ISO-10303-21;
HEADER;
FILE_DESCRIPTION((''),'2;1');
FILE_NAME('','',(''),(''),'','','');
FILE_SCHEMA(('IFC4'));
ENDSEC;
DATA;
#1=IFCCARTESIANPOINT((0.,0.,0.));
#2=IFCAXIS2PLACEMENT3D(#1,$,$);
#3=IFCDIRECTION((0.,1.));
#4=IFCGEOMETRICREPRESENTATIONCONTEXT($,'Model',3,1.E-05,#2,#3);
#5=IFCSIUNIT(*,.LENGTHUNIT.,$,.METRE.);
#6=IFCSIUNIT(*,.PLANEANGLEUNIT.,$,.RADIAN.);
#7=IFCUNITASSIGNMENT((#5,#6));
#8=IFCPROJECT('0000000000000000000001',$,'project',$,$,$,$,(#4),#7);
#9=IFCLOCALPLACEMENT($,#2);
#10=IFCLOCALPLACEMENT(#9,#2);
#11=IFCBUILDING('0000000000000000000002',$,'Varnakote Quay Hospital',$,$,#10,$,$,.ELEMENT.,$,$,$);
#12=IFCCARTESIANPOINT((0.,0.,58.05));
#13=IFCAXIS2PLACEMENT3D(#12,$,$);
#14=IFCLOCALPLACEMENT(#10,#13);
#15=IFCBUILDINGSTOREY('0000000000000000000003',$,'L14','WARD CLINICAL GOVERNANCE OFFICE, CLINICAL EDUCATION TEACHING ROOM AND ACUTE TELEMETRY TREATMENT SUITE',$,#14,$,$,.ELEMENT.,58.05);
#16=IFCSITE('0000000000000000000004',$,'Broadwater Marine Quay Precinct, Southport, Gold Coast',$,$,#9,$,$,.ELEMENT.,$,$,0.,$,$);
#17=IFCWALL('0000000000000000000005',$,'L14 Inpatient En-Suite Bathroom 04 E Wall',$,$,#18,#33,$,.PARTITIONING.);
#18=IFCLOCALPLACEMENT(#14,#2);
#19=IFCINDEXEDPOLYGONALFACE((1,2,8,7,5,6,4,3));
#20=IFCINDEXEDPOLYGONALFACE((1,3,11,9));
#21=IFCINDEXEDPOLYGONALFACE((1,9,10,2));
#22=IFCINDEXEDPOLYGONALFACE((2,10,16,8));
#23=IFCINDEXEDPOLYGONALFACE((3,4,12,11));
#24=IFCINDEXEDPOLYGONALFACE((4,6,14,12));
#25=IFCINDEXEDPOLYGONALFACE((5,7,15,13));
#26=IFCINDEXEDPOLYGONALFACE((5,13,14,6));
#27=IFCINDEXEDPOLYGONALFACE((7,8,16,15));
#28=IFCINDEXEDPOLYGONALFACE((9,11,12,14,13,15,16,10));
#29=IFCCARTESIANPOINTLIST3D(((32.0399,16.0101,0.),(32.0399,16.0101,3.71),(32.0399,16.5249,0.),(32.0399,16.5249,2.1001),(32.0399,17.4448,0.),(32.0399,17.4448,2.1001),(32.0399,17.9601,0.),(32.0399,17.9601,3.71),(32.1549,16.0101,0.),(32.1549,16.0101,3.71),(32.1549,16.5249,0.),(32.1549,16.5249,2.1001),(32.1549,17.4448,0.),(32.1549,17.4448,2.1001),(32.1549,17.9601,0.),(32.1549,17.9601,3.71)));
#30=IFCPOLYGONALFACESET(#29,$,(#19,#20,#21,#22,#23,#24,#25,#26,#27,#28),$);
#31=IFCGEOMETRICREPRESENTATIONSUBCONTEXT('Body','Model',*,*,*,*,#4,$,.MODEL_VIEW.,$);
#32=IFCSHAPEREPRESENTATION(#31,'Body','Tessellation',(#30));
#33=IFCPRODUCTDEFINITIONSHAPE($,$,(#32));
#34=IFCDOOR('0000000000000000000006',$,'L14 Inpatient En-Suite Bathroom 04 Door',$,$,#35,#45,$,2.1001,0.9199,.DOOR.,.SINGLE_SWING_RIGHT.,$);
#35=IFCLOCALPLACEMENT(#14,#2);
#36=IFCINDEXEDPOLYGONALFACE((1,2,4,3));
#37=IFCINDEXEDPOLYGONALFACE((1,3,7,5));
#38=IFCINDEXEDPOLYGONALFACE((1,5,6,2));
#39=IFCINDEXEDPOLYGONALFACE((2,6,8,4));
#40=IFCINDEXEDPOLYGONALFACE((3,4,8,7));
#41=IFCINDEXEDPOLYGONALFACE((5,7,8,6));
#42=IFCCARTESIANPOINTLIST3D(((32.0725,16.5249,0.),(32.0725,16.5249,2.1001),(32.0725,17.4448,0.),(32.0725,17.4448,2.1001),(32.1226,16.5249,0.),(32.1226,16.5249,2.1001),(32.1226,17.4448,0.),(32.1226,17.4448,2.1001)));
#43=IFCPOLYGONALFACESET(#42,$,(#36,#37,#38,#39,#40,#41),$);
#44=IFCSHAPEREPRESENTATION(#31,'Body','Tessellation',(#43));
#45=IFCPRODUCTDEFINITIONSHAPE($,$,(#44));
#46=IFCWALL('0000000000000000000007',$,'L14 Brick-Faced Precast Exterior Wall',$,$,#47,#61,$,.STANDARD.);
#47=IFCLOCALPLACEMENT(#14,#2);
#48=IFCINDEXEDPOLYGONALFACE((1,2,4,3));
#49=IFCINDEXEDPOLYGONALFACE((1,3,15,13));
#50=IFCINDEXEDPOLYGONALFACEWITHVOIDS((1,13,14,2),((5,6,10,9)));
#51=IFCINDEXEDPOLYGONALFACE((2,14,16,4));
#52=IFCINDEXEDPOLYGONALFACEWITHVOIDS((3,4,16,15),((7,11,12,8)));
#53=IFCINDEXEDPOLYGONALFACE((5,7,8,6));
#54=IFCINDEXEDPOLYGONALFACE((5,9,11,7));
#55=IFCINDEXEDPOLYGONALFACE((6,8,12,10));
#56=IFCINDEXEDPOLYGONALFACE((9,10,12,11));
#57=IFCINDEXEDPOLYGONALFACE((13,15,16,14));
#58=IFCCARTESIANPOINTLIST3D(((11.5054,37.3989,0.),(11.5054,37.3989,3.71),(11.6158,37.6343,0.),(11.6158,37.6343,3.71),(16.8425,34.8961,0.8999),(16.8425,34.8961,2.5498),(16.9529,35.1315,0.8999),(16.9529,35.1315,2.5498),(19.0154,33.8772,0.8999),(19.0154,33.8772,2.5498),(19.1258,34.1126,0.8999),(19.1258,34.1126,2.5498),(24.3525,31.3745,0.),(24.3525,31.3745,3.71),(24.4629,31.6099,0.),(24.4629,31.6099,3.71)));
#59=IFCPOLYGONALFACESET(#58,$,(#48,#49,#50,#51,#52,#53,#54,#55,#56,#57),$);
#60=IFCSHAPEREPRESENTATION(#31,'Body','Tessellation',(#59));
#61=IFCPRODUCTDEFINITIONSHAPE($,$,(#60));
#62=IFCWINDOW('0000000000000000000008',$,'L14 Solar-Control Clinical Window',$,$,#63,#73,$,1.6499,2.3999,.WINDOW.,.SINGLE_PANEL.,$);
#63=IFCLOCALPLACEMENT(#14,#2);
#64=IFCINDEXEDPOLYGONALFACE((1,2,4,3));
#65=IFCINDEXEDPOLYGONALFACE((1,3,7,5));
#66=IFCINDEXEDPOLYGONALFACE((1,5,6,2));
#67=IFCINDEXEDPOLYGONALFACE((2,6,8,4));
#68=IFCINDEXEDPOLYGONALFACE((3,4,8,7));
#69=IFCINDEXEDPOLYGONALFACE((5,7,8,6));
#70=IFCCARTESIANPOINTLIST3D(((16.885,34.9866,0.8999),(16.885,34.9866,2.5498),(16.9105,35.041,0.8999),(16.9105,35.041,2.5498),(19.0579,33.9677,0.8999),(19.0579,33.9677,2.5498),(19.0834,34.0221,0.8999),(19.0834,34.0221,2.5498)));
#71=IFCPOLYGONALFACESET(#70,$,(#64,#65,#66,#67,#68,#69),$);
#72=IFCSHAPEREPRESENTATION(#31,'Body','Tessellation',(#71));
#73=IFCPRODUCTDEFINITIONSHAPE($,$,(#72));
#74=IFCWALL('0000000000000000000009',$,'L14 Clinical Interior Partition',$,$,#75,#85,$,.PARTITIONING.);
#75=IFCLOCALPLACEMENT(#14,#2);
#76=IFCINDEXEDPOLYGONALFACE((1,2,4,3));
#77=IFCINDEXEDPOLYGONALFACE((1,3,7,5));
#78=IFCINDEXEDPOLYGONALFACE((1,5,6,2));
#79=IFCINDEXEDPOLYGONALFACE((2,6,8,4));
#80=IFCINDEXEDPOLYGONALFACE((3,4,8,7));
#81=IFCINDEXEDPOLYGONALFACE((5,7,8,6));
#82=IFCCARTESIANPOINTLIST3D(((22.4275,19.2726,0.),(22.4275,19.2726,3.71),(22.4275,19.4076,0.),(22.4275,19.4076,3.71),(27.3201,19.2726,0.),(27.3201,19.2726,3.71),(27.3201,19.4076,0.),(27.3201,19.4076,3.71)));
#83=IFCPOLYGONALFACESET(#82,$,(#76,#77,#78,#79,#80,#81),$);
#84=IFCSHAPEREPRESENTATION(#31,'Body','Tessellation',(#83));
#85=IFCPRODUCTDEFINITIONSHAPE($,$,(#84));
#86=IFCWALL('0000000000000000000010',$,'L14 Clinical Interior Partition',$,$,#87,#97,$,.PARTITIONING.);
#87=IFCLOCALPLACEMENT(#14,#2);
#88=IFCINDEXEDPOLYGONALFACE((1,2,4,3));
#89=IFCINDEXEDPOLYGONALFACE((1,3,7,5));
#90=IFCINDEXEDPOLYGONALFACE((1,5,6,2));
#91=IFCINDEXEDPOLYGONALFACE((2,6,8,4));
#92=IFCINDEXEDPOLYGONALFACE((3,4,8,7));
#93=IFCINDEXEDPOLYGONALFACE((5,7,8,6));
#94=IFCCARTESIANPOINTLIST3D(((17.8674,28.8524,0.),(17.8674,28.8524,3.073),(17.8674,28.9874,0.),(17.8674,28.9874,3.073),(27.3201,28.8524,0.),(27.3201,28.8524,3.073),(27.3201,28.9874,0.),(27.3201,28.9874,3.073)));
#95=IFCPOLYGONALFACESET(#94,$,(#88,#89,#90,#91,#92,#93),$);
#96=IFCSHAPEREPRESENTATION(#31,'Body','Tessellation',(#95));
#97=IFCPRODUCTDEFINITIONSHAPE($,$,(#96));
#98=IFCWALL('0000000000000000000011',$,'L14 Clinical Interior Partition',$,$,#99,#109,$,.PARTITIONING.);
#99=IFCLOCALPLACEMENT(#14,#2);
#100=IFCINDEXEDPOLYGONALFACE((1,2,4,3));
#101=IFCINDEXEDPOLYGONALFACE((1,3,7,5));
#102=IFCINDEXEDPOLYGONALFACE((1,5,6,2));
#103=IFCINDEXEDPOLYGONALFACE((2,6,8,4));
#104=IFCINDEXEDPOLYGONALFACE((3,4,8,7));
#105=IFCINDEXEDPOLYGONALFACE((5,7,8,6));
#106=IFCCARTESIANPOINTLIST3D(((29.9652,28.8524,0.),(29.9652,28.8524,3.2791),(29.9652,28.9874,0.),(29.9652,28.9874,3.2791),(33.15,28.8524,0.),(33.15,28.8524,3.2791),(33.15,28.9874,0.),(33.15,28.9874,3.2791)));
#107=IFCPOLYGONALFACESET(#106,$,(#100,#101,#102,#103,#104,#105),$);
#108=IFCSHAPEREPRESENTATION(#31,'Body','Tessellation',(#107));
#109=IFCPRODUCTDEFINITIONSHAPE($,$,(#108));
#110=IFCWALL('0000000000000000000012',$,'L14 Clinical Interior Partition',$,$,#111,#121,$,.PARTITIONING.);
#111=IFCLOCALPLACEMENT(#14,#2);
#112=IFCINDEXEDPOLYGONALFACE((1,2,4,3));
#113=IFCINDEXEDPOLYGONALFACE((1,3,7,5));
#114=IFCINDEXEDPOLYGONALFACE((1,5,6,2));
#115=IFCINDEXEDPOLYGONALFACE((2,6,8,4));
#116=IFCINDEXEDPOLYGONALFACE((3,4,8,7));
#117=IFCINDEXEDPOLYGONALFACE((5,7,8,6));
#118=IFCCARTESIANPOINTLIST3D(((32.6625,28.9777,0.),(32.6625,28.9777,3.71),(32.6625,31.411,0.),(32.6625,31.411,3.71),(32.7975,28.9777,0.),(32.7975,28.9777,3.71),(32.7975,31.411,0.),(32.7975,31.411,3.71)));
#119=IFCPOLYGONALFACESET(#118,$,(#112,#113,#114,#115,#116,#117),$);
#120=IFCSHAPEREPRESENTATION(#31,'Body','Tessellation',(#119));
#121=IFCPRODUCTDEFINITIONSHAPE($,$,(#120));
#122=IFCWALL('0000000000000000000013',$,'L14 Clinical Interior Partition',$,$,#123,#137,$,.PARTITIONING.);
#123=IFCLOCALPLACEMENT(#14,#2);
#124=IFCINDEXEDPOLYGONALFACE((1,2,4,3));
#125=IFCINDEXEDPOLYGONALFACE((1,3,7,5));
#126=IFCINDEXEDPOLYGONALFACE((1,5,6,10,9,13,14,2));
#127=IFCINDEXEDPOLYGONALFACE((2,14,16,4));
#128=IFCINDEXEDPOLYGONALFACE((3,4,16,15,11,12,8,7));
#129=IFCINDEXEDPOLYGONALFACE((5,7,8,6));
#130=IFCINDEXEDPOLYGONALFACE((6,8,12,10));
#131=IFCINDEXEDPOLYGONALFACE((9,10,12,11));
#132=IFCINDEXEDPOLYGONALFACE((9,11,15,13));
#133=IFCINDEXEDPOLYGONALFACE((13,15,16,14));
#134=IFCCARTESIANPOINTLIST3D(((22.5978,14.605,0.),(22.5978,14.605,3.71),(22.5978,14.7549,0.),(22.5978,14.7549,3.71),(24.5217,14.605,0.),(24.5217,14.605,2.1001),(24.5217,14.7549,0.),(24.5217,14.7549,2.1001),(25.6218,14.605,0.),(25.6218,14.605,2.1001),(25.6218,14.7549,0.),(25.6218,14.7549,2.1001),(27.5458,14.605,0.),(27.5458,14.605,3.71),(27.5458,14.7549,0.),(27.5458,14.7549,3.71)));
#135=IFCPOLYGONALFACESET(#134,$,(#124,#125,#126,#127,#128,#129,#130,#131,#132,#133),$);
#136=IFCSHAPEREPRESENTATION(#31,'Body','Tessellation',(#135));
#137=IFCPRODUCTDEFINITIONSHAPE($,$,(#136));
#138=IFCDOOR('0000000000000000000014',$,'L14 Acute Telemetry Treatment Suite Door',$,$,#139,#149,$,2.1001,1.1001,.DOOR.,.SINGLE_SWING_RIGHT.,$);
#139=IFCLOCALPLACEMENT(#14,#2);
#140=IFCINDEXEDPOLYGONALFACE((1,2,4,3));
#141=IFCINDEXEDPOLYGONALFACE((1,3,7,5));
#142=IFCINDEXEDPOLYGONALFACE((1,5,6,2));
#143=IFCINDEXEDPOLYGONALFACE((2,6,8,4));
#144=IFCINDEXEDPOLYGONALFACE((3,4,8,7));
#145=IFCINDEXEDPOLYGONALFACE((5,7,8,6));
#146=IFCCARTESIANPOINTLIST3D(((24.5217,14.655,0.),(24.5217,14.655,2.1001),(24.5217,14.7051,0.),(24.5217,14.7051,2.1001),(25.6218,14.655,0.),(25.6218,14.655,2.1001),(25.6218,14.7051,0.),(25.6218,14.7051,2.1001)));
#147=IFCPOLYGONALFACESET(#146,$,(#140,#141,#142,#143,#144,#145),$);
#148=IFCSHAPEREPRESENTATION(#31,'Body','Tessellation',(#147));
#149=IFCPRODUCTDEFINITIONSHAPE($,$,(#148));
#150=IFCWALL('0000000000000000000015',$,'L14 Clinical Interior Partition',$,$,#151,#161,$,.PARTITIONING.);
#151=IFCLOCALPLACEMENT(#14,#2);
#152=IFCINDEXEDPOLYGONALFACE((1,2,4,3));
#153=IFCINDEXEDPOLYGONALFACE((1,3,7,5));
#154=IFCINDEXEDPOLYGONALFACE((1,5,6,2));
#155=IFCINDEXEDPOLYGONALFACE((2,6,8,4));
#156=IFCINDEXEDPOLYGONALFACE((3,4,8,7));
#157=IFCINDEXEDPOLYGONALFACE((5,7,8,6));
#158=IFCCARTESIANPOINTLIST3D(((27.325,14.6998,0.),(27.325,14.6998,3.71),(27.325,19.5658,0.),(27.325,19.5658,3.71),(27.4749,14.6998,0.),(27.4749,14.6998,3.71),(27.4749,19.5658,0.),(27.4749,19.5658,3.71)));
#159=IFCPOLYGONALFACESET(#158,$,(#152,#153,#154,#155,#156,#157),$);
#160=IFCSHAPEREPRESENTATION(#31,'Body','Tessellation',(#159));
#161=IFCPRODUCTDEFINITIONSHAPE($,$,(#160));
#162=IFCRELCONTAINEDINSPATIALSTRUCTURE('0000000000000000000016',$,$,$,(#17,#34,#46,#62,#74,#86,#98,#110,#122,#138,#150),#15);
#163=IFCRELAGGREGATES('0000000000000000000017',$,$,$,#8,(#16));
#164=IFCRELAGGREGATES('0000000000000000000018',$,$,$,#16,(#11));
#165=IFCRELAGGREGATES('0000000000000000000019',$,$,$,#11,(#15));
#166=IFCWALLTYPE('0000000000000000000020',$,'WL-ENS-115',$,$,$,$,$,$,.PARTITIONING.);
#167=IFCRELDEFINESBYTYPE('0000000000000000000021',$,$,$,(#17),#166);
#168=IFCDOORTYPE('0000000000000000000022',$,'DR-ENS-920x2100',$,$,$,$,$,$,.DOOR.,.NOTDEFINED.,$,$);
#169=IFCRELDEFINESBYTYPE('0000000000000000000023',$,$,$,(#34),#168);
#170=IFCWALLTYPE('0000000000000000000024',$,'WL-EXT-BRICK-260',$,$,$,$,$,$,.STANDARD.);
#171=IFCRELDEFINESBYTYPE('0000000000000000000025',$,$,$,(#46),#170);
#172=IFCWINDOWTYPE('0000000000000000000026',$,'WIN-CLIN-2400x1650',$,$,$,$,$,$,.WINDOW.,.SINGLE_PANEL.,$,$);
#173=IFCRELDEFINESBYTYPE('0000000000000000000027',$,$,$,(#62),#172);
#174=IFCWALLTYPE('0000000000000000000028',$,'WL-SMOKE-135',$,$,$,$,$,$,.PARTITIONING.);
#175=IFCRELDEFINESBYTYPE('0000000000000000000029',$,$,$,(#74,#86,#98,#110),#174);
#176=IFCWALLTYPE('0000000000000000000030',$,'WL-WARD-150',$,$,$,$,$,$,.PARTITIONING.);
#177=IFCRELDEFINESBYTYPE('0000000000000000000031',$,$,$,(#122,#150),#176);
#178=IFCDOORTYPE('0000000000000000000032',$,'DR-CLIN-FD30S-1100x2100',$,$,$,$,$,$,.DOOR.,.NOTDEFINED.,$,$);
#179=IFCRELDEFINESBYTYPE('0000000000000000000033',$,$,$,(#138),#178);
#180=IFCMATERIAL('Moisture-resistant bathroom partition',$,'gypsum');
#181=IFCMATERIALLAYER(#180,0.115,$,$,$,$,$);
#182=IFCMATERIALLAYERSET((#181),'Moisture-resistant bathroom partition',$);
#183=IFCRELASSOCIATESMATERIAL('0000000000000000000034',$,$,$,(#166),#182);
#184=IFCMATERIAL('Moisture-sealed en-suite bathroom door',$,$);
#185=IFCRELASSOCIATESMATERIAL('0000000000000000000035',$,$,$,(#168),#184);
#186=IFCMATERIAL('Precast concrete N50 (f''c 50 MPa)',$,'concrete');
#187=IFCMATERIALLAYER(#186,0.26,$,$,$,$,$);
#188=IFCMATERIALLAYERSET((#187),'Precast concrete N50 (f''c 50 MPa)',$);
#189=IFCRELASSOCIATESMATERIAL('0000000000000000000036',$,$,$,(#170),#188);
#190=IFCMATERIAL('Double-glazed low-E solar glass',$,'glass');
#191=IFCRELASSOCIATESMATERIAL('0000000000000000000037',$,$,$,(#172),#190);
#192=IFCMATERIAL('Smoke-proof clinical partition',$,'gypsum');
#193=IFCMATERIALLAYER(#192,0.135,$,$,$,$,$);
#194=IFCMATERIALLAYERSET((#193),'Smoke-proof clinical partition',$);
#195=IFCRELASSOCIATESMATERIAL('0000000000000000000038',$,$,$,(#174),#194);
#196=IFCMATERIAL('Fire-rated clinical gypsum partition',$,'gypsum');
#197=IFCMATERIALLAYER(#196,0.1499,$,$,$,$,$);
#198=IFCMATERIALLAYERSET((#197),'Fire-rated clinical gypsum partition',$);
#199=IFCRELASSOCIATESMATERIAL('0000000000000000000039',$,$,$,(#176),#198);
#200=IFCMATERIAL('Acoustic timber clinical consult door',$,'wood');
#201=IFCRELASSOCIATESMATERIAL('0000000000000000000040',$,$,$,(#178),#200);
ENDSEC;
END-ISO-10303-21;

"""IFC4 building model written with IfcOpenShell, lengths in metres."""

from ifc_helpers import new_model, si_unit, direction, frame, frame_2d, origin, place, context, subcontext, project, spatial, rectangle, extrude, material, layer, layer_set, type_object, element, fill, save


model = new_model("IFC4")

# Units and contexts
model_context = context("Model", 3, precision=1e-05, world=origin(), true_north=direction((0.0, 1.0)))
body_context = subcontext(model_context, "Body", "Model", "MODEL_VIEW")
ifc_project = project(units=[si_unit("LENGTHUNIT", "METRE"), si_unit("PLANEANGLEUNIT", "RADIAN")], contexts=[model_context])

# Site, building, storey
site_placement = place(None, origin())
site = spatial("IfcSite", under=ifc_project, at=site_placement, Name="Broadwater Marine Quay Precinct, Southport, Gold Coast", CompositionType="ELEMENT", RefElevation=0.0)
building_placement = place(site_placement, origin())
building = spatial("IfcBuilding", under=site, at=building_placement, Name="Varnakote Quay Hospital", CompositionType="ELEMENT")
storey_placement = place(building_placement, frame((0.0, 0.0, 58.05)))
storey = spatial("IfcBuildingStorey", under=building, at=storey_placement, Name="L14", Description="WARD CLINICAL GOVERNANCE OFFICE, CLINICAL EDUCATION TEACHING ROOM AND ACUTE TELEMETRY TREATMENT SUITE", CompositionType="ELEMENT", Elevation=58.05)

# Shared definitions
ifc_material_1 = material(Name="Moisture-resistant bathroom partition", Category="gypsum")
ifc_layer_1 = layer(ifc_material_1, 0.115)
ifc_layer_set_1 = layer_set([ifc_layer_1], Name="Moisture-resistant bathroom partition")
wall_type_1 = type_object("IfcWallType", Name="WL-ENS-115", PredefinedType="PARTITIONING", material=ifc_layer_set_1)

# Wall, opening, door
wall_1_placement = place(storey_placement, frame((32.0974, 16.01, 0.0), z_axis=(0.0, 0.0, 1.0), x_axis=(0.0, 1.0, 0.0)))
wall_1 = element("IfcWall", 1, at=wall_1_placement, inside=storey, type_object=wall_type_1, Name="L14 Inpatient En-Suite Bathroom 04 E Wall", PredefinedType="PARTITIONING", context=body_context, shape_type="SweptSolid", body=[
    extrude(rectangle(XDim=1.95, YDim=0.115, at=frame_2d((0.9751, 0.0))), origin(), (0.0, 0.0, 1.0), 3.71),
])
opening_1_placement = place(wall_1_placement, frame((0.5149, 0.0, 0.0)))
opening_1 = element("IfcOpeningElement", 2, at=opening_1_placement, cuts=wall_1, PredefinedType="OPENING", context=body_context, shape_type="SweptSolid", body=[
    extrude(rectangle(XDim=0.9199, YDim=2.1001, at=frame_2d((0.46, 1.05))), frame((0.0, 0.0674, 0.0), z_axis=(0.0, -1.0, 0.0), x_axis=(1.0, 0.0, 0.0)), (0.0, 0.0, 1.0), 0.135),
])
ifc_material_2 = material(Name="Moisture-sealed en-suite bathroom door")
door_type_1 = type_object("IfcDoorType", Name="DR-ENS-920x2100", OperationType="NOTDEFINED", PredefinedType="DOOR", material=ifc_material_2)
door_1_placement = place(opening_1_placement, origin())
door_1 = element("IfcDoor", 3, at=door_1_placement, inside=storey, type_object=door_type_1, Name="L14 Inpatient En-Suite Bathroom 04 Door", OperationType="SINGLE_SWING_RIGHT", OverallHeight=2.1001, OverallWidth=0.9199, PredefinedType="DOOR", context=body_context, shape_type="SweptSolid", body=[
    extrude(rectangle(XDim=0.9199, YDim=2.1001, at=frame_2d((0.46, 1.05))), frame((0.0, 0.0249, 0.0), z_axis=(0.0, -1.0, 0.0), x_axis=(1.0, 0.0, 0.0)), (0.0, 0.0, 1.0), 0.05),
])
fill(opening_1, door_1)

# Wall, opening, window
ifc_material_3 = material(Name="Precast concrete N50 (f'c 50 MPa)", Category="concrete")
ifc_layer_2 = layer(ifc_material_3, 0.26)
ifc_layer_set_2 = layer_set([ifc_layer_2], Name="Precast concrete N50 (f'c 50 MPa)")
wall_type_2 = type_object("IfcWallType", Name="WL-EXT-BRICK-260", PredefinedType="STANDARD", material=ifc_layer_set_2)
wall_2_placement = place(storey_placement, frame((24.4077, 31.4922, 0.0), z_axis=(0.0, 0.0, 1.0), x_axis=(-0.905397, 0.424567, 0.0)))
wall_2 = element("IfcWall", 4, at=wall_2_placement, inside=storey, type_object=wall_type_2, Name="L14 Brick-Faced Precast Exterior Wall", PredefinedType="STANDARD", context=body_context, shape_type="SweptSolid", body=[
    extrude(rectangle(XDim=14.1895, YDim=0.26, at=frame_2d((7.0947, 0.0))), origin(), (0.0, 0.0, 1.0), 3.71),
])
opening_2_placement = place(wall_2_placement, frame((5.8948, 0.0, 0.8999)))
opening_2 = element("IfcOpeningElement", 5, at=opening_2_placement, cuts=wall_2, PredefinedType="OPENING", context=body_context, shape_type="SweptSolid", body=[
    extrude(rectangle(XDim=2.3999, YDim=1.6499, at=frame_2d((1.2, 0.825))), frame((0.0, 0.1399, 0.0), z_axis=(0.0, -1.0, 0.0), x_axis=(1.0, 0.0, 0.0)), (0.0, 0.0, 1.0), 0.28),
])
ifc_material_4 = material(Name="Double-glazed low-E solar glass", Category="glass")
window_type = type_object("IfcWindowType", Name="WIN-CLIN-2400x1650", PartitioningType="SINGLE_PANEL", PredefinedType="WINDOW", material=ifc_material_4)
window_placement = place(opening_2_placement, origin())
window = element("IfcWindow", 6, at=window_placement, inside=storey, type_object=window_type, Name="L14 Solar-Control Clinical Window", OverallHeight=1.6499, OverallWidth=2.3999, PartitioningType="SINGLE_PANEL", PredefinedType="WINDOW", context=body_context, shape_type="SweptSolid", body=[
    extrude(rectangle(XDim=2.3999, YDim=1.6499, at=frame_2d((1.2, 0.825))), frame((0.0, 0.03, 0.0), z_axis=(0.0, -1.0, 0.0), x_axis=(1.0, 0.0, 0.0)), (0.0, 0.0, 1.0), 0.0601),
])
fill(opening_2, window)

# Walls
ifc_material_5 = material(Name="Smoke-proof clinical partition", Category="gypsum")
ifc_layer_3 = layer(ifc_material_5, 0.135)
ifc_layer_set_3 = layer_set([ifc_layer_3], Name="Smoke-proof clinical partition")
wall_type_3 = type_object("IfcWallType", Name="WL-SMOKE-135", PredefinedType="PARTITIONING", material=ifc_layer_set_3)
wall_3_placement = place(storey_placement, frame((27.3201, 19.3401, 0.0), z_axis=(0.0, 0.0, 1.0), x_axis=(-1.0, 0.0, 0.0)))
element("IfcWall", 7, at=wall_3_placement, inside=storey, type_object=wall_type_3, Name="L14 Clinical Interior Partition", PredefinedType="PARTITIONING", context=body_context, shape_type="SweptSolid", body=[
    extrude(rectangle(XDim=4.8926, YDim=0.135, at=frame_2d((2.4463, 0.0))), origin(), (0.0, 0.0, 1.0), 3.71),
])
wall_4_placement = place(storey_placement, frame((27.3201, 28.9199, 0.0), z_axis=(0.0, 0.0, 1.0), x_axis=(-1.0, 0.0, 0.0)))
element("IfcWall", 8, at=wall_4_placement, inside=storey, type_object=wall_type_3, Name="L14 Clinical Interior Partition", PredefinedType="PARTITIONING", context=body_context, shape_type="SweptSolid", body=[
    extrude(rectangle(XDim=9.4526, YDim=0.135, at=frame_2d((4.7263, 0.0))), origin(), (0.0, 0.0, 1.0), 3.073),
])
wall_5_placement = place(storey_placement, frame((33.1499, 28.9199, 0.0), z_axis=(0.0, 0.0, 1.0), x_axis=(-1.0, 0.0, 0.0)))
element("IfcWall", 9, at=wall_5_placement, inside=storey, type_object=wall_type_3, Name="L14 Clinical Interior Partition", PredefinedType="PARTITIONING", context=body_context, shape_type="SweptSolid", body=[
    extrude(rectangle(XDim=3.1848, YDim=0.135, at=frame_2d((1.5923, 0.0))), origin(), (0.0, 0.0, 1.0), 3.2791),
])
wall_6_placement = place(storey_placement, frame((32.73, 28.9775, 0.0), z_axis=(0.0, 0.0, 1.0), x_axis=(0.0, 1.0, 0.0)))
element("IfcWall", 10, at=wall_6_placement, inside=storey, type_object=wall_type_3, Name="L14 Clinical Interior Partition", PredefinedType="PARTITIONING", context=body_context, shape_type="SweptSolid", body=[
    extrude(rectangle(XDim=2.4333, YDim=0.135, at=frame_2d((1.2168, 0.0))), origin(), (0.0, 0.0, 1.0), 3.71),
])

# Wall, opening, door
ifc_material_6 = material(Name="Fire-rated clinical gypsum partition", Category="gypsum")
ifc_layer_4 = layer(ifc_material_6, 0.1499)
ifc_layer_set_4 = layer_set([ifc_layer_4], Name="Fire-rated clinical gypsum partition")
wall_type_4 = type_object("IfcWallType", Name="WL-WARD-150", PredefinedType="PARTITIONING", material=ifc_layer_set_4)
wall_7_placement = place(storey_placement, frame((27.5459, 14.6799, 0.0), z_axis=(0.0, 0.0, 1.0), x_axis=(-1.0, 0.0, 0.0)))
wall_7 = element("IfcWall", 11, at=wall_7_placement, inside=storey, type_object=wall_type_4, Name="L14 Clinical Interior Partition", PredefinedType="PARTITIONING", context=body_context, shape_type="SweptSolid", body=[
    extrude(rectangle(XDim=4.948, YDim=0.1499, at=frame_2d((2.4741, 0.0))), origin(), (0.0, 0.0, 1.0), 3.71),
])
opening_3_placement = place(wall_7_placement, frame((1.9241, 0.0, 0.0)))
opening_3 = element("IfcOpeningElement", 12, at=opening_3_placement, cuts=wall_7, PredefinedType="OPENING", context=body_context, shape_type="SweptSolid", body=[
    extrude(rectangle(XDim=1.1001, YDim=2.1001, at=frame_2d((0.55, 1.05))), frame((0.0, 0.085, 0.0), z_axis=(0.0, -1.0, 0.0), x_axis=(1.0, 0.0, 0.0)), (0.0, 0.0, 1.0), 0.1699),
])
ifc_material_7 = material(Name="Acoustic timber clinical consult door", Category="wood")
door_type_2 = type_object("IfcDoorType", Name="DR-CLIN-FD30S-1100x2100", OperationType="NOTDEFINED", PredefinedType="DOOR", material=ifc_material_7)
door_2_placement = place(opening_3_placement, origin())
door_2 = element("IfcDoor", 13, at=door_2_placement, inside=storey, type_object=door_type_2, Name="L14 Acute Telemetry Treatment Suite Door", OperationType="SINGLE_SWING_RIGHT", OverallHeight=2.1001, OverallWidth=1.1001, PredefinedType="DOOR", context=body_context, shape_type="SweptSolid", body=[
    extrude(rectangle(XDim=1.1001, YDim=2.1001, at=frame_2d((0.55, 1.05))), frame((0.0, 0.0249, 0.0), z_axis=(0.0, -1.0, 0.0), x_axis=(1.0, 0.0, 0.0)), (0.0, 0.0, 1.0), 0.05),
])
fill(opening_3, door_2)

# Wall
wall_8_placement = place(storey_placement, frame((27.3999, 19.5659, 0.0), z_axis=(0.0, 0.0, 1.0), x_axis=(0.0, -1.0, 0.0)))
element("IfcWall", 14, at=wall_8_placement, inside=storey, type_object=wall_type_4, Name="L14 Clinical Interior Partition", PredefinedType="PARTITIONING", context=body_context, shape_type="SweptSolid", body=[
    extrude(rectangle(XDim=4.866, YDim=0.1499, at=frame_2d((2.4331, 0.0))), origin(), (0.0, 0.0, 1.0), 3.71),
])

save(model, "model.ifc")
